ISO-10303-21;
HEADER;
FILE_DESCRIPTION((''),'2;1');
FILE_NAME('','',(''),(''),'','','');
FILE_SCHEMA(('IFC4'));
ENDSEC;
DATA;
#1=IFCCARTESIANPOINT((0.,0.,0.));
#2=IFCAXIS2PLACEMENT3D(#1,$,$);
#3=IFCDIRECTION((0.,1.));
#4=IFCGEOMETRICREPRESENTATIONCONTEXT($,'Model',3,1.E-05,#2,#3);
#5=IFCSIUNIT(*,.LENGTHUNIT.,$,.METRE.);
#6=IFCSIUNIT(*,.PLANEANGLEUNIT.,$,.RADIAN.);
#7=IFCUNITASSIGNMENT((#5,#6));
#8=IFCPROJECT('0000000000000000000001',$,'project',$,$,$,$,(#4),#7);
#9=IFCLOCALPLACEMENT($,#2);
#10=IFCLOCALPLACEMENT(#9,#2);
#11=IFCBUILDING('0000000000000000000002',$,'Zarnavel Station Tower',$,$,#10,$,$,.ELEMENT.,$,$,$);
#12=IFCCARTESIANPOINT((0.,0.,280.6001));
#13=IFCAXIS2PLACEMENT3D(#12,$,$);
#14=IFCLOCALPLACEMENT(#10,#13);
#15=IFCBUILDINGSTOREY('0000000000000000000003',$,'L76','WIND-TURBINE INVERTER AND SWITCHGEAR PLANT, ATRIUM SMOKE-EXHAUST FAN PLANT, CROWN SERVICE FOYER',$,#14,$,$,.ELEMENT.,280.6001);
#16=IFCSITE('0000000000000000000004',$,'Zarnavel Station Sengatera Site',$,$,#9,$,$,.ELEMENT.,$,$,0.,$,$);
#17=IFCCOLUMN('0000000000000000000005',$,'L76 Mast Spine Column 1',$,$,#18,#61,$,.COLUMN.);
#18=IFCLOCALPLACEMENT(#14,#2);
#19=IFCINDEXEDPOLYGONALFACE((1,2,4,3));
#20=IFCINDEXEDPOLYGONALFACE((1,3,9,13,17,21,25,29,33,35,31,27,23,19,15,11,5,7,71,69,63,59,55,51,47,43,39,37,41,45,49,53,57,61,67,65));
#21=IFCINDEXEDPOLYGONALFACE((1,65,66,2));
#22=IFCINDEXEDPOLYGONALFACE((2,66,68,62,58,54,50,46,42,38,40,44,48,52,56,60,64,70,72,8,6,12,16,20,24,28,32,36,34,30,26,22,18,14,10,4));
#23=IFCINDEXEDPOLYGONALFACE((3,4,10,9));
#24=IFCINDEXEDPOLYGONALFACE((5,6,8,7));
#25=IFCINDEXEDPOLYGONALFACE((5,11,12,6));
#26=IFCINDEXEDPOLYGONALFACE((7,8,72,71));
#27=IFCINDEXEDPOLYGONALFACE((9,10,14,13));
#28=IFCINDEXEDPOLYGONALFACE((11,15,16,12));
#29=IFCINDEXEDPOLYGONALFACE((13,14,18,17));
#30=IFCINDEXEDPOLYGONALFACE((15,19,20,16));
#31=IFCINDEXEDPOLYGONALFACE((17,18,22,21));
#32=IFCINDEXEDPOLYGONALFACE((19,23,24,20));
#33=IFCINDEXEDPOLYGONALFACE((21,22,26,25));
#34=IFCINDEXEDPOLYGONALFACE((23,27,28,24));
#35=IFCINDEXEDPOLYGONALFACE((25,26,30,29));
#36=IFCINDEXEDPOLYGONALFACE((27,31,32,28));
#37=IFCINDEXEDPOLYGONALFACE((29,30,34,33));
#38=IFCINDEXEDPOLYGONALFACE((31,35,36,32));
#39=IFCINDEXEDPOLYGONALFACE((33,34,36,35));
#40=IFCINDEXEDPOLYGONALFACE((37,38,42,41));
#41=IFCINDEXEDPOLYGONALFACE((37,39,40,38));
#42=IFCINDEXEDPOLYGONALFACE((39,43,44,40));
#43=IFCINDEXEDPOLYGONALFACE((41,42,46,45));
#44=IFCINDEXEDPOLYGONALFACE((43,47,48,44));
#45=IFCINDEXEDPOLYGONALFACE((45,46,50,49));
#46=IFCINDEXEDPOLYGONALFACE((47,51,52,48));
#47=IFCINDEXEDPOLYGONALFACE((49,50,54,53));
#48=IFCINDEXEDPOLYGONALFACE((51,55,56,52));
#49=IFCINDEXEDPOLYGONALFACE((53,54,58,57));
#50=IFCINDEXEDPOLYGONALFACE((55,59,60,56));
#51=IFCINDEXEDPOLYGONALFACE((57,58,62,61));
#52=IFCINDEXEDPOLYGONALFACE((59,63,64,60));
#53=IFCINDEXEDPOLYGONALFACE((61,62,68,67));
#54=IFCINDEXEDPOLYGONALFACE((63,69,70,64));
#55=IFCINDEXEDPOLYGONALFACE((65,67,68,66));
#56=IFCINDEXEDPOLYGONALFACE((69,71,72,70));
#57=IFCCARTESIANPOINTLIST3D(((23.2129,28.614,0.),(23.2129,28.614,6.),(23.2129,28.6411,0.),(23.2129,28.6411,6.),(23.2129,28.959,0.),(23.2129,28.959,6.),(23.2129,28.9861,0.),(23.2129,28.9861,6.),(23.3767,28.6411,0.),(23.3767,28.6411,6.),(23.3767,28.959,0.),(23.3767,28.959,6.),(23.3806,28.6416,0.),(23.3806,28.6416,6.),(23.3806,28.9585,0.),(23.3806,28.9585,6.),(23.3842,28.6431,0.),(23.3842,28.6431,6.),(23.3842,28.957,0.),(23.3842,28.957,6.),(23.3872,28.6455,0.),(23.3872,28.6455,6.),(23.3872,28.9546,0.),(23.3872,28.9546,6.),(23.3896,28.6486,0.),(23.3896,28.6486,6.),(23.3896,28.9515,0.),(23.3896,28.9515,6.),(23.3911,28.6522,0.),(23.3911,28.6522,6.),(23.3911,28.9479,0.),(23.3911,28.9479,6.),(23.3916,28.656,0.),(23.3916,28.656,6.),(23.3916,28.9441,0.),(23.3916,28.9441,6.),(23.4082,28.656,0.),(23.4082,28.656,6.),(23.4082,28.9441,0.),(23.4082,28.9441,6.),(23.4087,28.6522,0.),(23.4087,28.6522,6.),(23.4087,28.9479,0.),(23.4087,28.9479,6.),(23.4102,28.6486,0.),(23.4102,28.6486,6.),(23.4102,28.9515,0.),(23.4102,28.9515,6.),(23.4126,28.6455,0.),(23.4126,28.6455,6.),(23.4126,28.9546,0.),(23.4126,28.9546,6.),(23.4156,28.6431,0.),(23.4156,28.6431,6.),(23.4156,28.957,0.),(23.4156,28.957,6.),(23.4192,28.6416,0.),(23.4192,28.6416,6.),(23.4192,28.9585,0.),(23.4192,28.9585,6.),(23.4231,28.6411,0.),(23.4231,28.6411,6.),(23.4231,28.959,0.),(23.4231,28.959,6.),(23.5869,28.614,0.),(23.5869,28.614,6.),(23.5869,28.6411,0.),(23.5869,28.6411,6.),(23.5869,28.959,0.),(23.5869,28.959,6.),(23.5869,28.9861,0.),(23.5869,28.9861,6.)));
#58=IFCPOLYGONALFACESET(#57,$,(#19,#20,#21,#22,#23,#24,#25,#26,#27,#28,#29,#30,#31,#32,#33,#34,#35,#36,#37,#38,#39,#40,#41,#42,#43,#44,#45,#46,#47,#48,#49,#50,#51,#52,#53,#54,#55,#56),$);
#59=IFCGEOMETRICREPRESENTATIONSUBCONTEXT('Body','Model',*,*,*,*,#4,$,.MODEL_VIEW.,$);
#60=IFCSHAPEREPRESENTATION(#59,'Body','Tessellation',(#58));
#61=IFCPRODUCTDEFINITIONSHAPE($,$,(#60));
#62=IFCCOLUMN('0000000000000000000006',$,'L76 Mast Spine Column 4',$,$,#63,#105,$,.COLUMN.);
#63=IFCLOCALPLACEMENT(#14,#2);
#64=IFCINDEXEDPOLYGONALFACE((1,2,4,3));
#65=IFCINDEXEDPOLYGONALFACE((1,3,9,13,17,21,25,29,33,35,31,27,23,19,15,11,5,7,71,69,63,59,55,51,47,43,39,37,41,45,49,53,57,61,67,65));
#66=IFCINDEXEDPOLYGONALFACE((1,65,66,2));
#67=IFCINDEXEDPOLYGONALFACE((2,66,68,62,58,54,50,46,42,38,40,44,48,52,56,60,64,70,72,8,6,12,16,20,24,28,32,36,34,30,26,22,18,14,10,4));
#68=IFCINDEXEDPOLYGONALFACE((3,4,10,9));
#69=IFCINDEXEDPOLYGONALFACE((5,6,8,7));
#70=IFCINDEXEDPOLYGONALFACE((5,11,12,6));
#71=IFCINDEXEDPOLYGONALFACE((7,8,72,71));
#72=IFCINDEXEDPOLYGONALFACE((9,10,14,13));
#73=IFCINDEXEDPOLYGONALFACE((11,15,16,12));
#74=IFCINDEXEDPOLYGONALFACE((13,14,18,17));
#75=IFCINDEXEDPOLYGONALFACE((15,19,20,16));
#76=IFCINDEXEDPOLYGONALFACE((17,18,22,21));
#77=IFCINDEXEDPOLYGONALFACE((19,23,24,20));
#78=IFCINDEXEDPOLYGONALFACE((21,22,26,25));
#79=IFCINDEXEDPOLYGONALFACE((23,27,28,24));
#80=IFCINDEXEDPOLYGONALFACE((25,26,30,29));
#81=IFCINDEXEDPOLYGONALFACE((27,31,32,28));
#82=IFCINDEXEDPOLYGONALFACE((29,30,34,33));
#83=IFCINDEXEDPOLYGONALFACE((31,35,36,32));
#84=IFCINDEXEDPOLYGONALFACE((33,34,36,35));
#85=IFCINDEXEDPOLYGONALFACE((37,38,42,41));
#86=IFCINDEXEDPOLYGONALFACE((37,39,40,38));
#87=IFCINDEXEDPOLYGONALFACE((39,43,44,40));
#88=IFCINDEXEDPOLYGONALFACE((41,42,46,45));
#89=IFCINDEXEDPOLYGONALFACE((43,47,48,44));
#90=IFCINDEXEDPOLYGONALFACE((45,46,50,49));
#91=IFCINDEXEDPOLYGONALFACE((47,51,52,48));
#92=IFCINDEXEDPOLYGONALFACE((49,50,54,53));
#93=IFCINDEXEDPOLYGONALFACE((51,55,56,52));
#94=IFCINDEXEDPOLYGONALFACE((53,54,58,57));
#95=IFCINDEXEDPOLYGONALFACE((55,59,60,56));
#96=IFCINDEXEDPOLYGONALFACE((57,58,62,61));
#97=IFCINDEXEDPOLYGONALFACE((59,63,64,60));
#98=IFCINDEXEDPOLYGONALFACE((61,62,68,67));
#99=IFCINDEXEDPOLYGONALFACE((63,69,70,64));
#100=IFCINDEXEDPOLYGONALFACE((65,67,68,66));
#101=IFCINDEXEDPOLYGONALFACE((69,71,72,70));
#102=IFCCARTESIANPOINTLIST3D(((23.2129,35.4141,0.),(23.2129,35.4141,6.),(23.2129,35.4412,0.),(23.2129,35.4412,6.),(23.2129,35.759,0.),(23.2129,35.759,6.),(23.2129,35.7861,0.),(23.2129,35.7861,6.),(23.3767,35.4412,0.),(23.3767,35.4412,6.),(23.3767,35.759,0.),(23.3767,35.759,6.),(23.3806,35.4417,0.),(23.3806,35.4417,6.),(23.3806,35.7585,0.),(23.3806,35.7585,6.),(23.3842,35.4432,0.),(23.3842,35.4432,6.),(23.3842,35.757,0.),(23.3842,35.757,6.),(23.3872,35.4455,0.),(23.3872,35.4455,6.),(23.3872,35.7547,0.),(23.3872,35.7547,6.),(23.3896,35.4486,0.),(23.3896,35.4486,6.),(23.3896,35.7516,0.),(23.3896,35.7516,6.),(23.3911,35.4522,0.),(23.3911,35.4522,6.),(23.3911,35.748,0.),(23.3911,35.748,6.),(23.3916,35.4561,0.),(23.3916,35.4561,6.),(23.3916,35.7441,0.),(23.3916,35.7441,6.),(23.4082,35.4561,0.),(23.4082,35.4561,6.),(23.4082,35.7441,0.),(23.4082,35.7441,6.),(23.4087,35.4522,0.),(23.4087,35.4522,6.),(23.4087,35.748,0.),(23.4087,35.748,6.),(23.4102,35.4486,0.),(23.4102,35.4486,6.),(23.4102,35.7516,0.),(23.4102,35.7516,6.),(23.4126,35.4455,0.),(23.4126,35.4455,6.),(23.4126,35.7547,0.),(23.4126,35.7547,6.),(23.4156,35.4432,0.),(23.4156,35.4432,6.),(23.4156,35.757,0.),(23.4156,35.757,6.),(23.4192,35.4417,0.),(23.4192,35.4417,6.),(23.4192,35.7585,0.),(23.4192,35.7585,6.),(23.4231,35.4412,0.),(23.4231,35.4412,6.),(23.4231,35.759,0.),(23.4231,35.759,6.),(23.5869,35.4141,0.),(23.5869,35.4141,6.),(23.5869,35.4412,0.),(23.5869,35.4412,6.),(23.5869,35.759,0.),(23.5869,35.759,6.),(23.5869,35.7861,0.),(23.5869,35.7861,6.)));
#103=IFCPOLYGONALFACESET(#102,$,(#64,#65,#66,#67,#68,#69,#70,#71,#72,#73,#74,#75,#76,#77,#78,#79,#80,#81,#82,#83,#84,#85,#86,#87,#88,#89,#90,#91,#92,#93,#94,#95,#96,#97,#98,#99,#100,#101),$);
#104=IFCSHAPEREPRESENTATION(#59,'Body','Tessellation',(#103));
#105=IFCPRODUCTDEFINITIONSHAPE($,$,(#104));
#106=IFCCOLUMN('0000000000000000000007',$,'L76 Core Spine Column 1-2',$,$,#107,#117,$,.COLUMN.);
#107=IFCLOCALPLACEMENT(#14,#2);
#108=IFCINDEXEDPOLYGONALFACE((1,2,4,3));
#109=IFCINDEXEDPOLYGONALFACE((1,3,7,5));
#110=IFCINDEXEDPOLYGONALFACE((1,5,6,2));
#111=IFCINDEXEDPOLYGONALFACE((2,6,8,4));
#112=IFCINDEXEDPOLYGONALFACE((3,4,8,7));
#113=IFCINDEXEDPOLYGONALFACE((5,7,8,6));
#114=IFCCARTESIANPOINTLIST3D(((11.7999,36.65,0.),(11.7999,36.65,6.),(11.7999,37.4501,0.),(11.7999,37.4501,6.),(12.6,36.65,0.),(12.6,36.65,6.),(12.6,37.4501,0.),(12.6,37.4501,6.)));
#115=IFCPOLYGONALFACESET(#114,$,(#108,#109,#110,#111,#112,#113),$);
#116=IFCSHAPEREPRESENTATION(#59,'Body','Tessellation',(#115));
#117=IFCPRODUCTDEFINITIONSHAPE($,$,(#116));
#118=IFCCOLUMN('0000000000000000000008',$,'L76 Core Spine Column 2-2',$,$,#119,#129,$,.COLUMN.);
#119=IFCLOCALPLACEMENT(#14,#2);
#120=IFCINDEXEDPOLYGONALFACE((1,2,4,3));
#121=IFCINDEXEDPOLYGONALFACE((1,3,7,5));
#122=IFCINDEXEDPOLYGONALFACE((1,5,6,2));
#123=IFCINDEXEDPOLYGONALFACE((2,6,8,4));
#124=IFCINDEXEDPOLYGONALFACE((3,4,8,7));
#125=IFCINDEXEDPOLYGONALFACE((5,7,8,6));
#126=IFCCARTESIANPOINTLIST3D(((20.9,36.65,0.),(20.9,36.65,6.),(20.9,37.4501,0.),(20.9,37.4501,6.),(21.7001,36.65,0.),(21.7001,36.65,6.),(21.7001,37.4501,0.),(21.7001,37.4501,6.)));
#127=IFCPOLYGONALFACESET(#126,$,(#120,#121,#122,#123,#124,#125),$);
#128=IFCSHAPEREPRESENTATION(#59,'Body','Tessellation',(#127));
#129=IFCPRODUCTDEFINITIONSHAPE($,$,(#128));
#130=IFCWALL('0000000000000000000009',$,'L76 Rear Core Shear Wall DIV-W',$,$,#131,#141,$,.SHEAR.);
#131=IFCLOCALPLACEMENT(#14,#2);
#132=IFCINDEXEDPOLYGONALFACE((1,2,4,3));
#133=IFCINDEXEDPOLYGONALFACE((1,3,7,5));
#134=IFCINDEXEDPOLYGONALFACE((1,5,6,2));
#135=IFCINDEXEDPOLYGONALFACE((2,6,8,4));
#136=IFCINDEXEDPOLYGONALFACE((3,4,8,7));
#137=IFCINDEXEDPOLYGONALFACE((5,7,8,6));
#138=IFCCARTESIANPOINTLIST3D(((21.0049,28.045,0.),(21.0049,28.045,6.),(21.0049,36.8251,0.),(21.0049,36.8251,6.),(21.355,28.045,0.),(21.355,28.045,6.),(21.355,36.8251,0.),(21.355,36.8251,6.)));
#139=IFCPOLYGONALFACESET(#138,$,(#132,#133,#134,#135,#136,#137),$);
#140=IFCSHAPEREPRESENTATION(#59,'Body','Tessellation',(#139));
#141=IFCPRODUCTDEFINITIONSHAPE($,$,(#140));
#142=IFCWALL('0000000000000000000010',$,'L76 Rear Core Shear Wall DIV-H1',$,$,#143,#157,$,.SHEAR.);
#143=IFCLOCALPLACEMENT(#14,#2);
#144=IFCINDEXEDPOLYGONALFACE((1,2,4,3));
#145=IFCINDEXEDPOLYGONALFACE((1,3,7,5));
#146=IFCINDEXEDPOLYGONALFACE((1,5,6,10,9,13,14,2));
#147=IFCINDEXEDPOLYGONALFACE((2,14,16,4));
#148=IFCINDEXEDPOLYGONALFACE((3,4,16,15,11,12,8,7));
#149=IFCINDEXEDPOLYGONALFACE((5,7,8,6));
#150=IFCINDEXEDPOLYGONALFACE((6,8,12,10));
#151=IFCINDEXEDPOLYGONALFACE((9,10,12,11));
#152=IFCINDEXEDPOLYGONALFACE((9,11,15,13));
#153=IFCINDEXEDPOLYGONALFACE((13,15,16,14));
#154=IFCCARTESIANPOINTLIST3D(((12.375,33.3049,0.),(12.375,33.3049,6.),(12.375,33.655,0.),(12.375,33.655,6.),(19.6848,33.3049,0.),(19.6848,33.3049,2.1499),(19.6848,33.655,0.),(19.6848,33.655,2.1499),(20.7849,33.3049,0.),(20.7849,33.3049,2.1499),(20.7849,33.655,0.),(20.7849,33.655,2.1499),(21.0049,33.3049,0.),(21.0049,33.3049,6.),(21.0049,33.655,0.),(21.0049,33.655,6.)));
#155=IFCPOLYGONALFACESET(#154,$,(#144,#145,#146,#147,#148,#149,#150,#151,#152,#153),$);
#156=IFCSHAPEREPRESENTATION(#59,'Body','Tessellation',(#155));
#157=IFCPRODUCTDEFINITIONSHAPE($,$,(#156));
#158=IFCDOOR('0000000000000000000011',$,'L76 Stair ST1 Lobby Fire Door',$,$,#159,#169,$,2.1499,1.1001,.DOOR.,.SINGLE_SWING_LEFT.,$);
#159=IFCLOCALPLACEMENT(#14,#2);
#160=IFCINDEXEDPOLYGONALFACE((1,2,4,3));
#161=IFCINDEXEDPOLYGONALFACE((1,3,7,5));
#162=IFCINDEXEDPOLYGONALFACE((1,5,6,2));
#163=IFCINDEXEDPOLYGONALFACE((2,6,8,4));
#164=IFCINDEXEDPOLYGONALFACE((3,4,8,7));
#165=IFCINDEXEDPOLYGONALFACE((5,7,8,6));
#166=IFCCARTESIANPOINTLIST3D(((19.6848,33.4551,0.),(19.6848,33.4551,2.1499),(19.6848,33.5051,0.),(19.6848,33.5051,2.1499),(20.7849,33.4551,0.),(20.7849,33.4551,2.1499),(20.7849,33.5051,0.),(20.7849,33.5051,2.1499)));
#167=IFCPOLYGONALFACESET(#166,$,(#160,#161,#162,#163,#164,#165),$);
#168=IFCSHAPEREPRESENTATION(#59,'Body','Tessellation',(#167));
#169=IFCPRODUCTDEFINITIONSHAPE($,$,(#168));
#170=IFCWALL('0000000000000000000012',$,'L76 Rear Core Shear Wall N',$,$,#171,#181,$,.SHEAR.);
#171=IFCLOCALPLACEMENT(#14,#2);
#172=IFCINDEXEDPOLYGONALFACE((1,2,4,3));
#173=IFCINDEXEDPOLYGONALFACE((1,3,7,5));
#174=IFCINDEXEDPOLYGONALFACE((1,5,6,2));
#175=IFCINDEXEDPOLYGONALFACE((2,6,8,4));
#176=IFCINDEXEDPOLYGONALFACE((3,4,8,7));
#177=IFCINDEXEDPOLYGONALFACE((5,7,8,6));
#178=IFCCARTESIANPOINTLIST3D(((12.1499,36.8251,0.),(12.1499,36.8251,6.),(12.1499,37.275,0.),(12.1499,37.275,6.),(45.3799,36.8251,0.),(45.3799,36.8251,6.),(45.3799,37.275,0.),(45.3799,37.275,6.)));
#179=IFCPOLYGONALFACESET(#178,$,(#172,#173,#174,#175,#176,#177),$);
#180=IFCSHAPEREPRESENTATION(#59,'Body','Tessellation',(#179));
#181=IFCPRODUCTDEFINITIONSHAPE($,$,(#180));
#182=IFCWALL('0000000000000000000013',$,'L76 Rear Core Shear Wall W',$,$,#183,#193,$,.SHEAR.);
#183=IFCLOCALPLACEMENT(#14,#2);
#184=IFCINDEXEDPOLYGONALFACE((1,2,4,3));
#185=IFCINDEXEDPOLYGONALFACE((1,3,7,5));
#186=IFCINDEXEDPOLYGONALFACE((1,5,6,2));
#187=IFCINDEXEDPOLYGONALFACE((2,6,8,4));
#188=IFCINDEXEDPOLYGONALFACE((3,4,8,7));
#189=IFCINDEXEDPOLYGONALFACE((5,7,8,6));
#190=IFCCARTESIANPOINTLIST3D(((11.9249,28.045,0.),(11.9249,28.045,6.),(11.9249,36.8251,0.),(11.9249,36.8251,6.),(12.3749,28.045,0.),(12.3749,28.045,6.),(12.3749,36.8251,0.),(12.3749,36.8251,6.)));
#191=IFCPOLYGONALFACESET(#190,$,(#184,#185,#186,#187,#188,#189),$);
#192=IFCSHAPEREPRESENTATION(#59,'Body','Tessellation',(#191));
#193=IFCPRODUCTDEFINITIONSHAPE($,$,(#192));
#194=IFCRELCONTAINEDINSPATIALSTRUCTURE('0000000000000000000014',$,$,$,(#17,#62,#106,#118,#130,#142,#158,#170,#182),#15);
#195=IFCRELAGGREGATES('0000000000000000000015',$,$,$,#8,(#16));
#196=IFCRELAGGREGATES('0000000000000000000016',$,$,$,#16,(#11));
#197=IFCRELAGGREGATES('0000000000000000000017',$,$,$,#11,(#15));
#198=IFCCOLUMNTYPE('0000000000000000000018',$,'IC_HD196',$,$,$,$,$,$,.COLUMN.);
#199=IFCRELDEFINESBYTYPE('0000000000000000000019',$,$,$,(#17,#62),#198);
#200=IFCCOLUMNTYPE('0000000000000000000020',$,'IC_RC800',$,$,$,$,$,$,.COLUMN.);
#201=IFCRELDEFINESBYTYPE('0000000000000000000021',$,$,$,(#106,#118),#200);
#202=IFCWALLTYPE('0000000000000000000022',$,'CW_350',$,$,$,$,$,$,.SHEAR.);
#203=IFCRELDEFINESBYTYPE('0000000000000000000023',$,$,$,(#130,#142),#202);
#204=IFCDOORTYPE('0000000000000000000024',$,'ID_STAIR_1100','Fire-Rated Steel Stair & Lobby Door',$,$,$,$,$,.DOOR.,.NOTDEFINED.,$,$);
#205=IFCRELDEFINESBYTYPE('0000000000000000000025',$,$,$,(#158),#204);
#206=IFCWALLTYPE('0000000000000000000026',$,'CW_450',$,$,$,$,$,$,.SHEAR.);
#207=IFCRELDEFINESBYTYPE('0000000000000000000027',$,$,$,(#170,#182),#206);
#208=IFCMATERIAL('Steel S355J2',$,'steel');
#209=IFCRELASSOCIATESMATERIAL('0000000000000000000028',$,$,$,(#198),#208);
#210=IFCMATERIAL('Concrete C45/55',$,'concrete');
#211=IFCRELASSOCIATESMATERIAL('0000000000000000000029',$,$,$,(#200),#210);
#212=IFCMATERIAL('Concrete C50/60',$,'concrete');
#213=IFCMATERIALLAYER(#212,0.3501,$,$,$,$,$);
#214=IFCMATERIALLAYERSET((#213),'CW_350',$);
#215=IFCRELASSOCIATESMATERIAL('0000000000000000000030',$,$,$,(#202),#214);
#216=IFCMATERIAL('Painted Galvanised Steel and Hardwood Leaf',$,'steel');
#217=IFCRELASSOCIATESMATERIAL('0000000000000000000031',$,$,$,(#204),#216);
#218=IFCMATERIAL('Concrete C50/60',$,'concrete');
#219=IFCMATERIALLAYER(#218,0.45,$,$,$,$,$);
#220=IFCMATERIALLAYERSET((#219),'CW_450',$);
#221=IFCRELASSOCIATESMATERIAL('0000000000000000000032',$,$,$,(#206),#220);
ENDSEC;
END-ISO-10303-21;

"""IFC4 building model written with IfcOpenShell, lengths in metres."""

from ifc_helpers import new_model, si_unit, direction, frame, frame_2d, origin, origin_2d, place, context, subcontext, project, spatial, rectangle, i_section, extrude, material, layer, layer_set, material_profile, profile_set, type_object, element, fill, save


model = new_model("IFC4")

# Units and contexts
model_context = context("Model", 3, precision=1e-05, world=origin(), true_north=direction((0.0, 1.0)))
body_context = subcontext(model_context, "Body", "Model", "MODEL_VIEW")
ifc_project = project(units=[si_unit("LENGTHUNIT", "METRE"), si_unit("PLANEANGLEUNIT", "RADIAN")], contexts=[model_context])

# Site, building, storey
site_placement = place(None, origin())
site = spatial("IfcSite", under=ifc_project, at=site_placement, Name="Zarnavel Station Sengatera Site", CompositionType="ELEMENT", RefElevation=0.0)
building_placement = place(site_placement, origin())
building = spatial("IfcBuilding", under=site, at=building_placement, Name="Zarnavel Station Tower", CompositionType="ELEMENT")
storey_placement = place(building_placement, frame((0.0, 0.0, 280.6001)))
storey = spatial("IfcBuildingStorey", under=building, at=storey_placement, Name="L76", Description="WIND-TURBINE INVERTER AND SWITCHGEAR PLANT, ATRIUM SMOKE-EXHAUST FAN PLANT, CROWN SERVICE FOYER", CompositionType="ELEMENT", Elevation=280.6001)

# Columns
ifc_material_1 = material(Name="Steel S355J2", Category="steel")
ifc_material_profile_1 = material_profile(ifc_material_1, i_section(OverallWidth=0.374, OverallDepth=0.3721, WebThickness=0.0166, FlangeThickness=0.0271, FilletRadius=0.0149, at=origin_2d()), Name="HD360x196")
ifc_profile_set_1 = profile_set([ifc_material_profile_1], Name="Steel S355J2")
column_type_1 = type_object("IfcColumnType", Name="IC_HD196", PredefinedType="COLUMN", material=ifc_profile_set_1)
for number, where, z_axis, x_axis, name in (
    (1, (23.3999, 28.8, 0.0), (0.0, 0.0, 1.0), (1.0, 0.0, 0.0), "L76 Mast Spine Column 1"),
    (2, (23.3999, 35.6001, 0.0), (0.0, 0.0, 1.0), (1.0, 0.0, 0.0), "L76 Mast Spine Column 4"),
):
    element("IfcColumn", number, at=place(storey_placement, frame(where, z_axis=z_axis, x_axis=x_axis)), inside=storey, type_object=column_type_1, Name=name, PredefinedType="COLUMN", context=body_context, shape_type="SweptSolid", body=[
        extrude(i_section(OverallWidth=0.374, OverallDepth=0.3721, WebThickness=0.0166, FlangeThickness=0.0271, FilletRadius=0.0149, at=origin_2d()), origin(), (0.0, 0.0, 1.0), 6.0),
    ])
ifc_material_2 = material(Name="Concrete C45/55", Category="concrete")
ifc_material_profile_2 = material_profile(ifc_material_2, rectangle(XDim=0.8, YDim=0.8, at=origin_2d()), Name="RC800x800")
ifc_profile_set_2 = profile_set([ifc_material_profile_2], Name="Concrete C45/55")
column_type_2 = type_object("IfcColumnType", Name="IC_RC800", PredefinedType="COLUMN", material=ifc_profile_set_2)
for number, where, z_axis, x_axis, name in (
    (3, (12.2, 37.05, 0.0), (0.0, 0.0, 1.0), (1.0, 0.0, 0.0), "L76 Core Spine Column 1-2"),
    (4, (21.3, 37.05, 0.0), (0.0, 0.0, 1.0), (1.0, 0.0, 0.0), "L76 Core Spine Column 2-2"),
):
    element("IfcColumn", number, at=place(storey_placement, frame(where, z_axis=z_axis, x_axis=x_axis)), inside=storey, type_object=column_type_2, Name=name, PredefinedType="COLUMN", context=body_context, shape_type="SweptSolid", body=[
        extrude(rectangle(XDim=0.8, YDim=0.8, at=origin_2d()), origin(), (0.0, 0.0, 1.0), 6.0),
    ])

# Wall
ifc_material_3 = material(Name="Concrete C50/60", Category="concrete")
ifc_layer_1 = layer(ifc_material_3, 0.3501)
ifc_layer_set_1 = layer_set([ifc_layer_1], Name="CW_350")
wall_type_1 = type_object("IfcWallType", Name="CW_350", PredefinedType="SHEAR", material=ifc_layer_set_1)
wall_1_placement = place(storey_placement, frame((21.1799, 28.0449, 0.0), z_axis=(0.0, 0.0, 1.0), x_axis=(0.0, 1.0, 0.0)))
element("IfcWall", 5, at=wall_1_placement, inside=storey, type_object=wall_type_1, Name="L76 Rear Core Shear Wall DIV-W", PredefinedType="SHEAR", context=body_context, shape_type="SweptSolid", body=[
    extrude(rectangle(XDim=8.78, YDim=0.3501, at=frame_2d((4.3901, 0.0))), origin(), (0.0, 0.0, 1.0), 6.0),
])

# Wall, opening, door
wall_2_placement = place(storey_placement, frame((21.0049, 33.48, 0.0), z_axis=(0.0, 0.0, 1.0), x_axis=(-1.0, 0.0, 0.0)))
wall_2 = element("IfcWall", 6, at=wall_2_placement, inside=storey, type_object=wall_type_1, Name="L76 Rear Core Shear Wall DIV-H1", PredefinedType="SHEAR", context=body_context, shape_type="SweptSolid", body=[
    extrude(rectangle(XDim=8.6299, YDim=0.3501, at=frame_2d((4.3149, 0.0))), origin(), (0.0, 0.0, 1.0), 6.0),
])
opening_1_placement = place(wall_2_placement, frame((0.22, 0.0, 0.0)))
opening_1 = element("IfcOpeningElement", 7, at=opening_1_placement, cuts=wall_2, PredefinedType="OPENING", context=body_context, shape_type="SweptSolid", body=[
    extrude(rectangle(XDim=1.1001, YDim=2.1499, at=frame_2d((0.55, 1.075))), frame((0.0, 0.1851, 0.0), z_axis=(0.0, -1.0, 0.0), x_axis=(1.0, 0.0, 0.0)), (0.0, 0.0, 1.0), 0.3701),
])
ifc_material_4 = material(Name="Painted Galvanised Steel and Hardwood Leaf", Category="steel")
door_type_1 = type_object("IfcDoorType", Name="ID_STAIR_1100", Description="Fire-Rated Steel Stair & Lobby Door", OperationType="NOTDEFINED", PredefinedType="DOOR", material=ifc_material_4)
door_1_placement = place(opening_1_placement, origin())
door_1 = element("IfcDoor", 8, at=door_1_placement, inside=storey, type_object=door_type_1, Name="L76 Stair ST1 Lobby Fire Door", OperationType="SINGLE_SWING_LEFT", OverallHeight=2.1499, OverallWidth=1.1001, PredefinedType="DOOR", context=body_context, shape_type="SweptSolid", body=[
    extrude(rectangle(XDim=1.1001, YDim=2.1499, at=frame_2d((0.55, 1.075))), frame((0.0, 0.0249, 0.0), z_axis=(0.0, -1.0, 0.0), x_axis=(1.0, 0.0, 0.0)), (0.0, 0.0, 1.0), 0.05),
])
fill(opening_1, door_1)

# Walls
ifc_material_5 = material(Name="Concrete C50/60", Category="concrete")
ifc_layer_2 = layer(ifc_material_5, 0.45)
ifc_layer_set_2 = layer_set([ifc_layer_2], Name="CW_450")
wall_type_2 = type_object("IfcWallType", Name="CW_450", PredefinedType="SHEAR", material=ifc_layer_set_2)
wall_3_placement = place(storey_placement, frame((12.1499, 37.05, 0.0), z_axis=(0.0, 0.0, 1.0), x_axis=(1.0, 0.0, 0.0)))
element("IfcWall", 9, at=wall_3_placement, inside=storey, type_object=wall_type_2, Name="L76 Rear Core Shear Wall N", PredefinedType="SHEAR", context=body_context, shape_type="SweptSolid", body=[
    extrude(rectangle(XDim=33.23, YDim=0.45, at=frame_2d((16.615, 0.0))), origin(), (0.0, 0.0, 1.0), 6.0),
])
wall_4_placement = place(storey_placement, frame((12.1499, 28.0449, 0.0), z_axis=(0.0, 0.0, 1.0), x_axis=(0.0, 1.0, 0.0)))
element("IfcWall", 10, at=wall_4_placement, inside=storey, type_object=wall_type_2, Name="L76 Rear Core Shear Wall W", PredefinedType="SHEAR", context=body_context, shape_type="SweptSolid", body=[
    extrude(rectangle(XDim=8.78, YDim=0.45, at=frame_2d((4.3901, 0.0))), origin(), (0.0, 0.0, 1.0), 6.0),
])

save(model, "model.ifc")
